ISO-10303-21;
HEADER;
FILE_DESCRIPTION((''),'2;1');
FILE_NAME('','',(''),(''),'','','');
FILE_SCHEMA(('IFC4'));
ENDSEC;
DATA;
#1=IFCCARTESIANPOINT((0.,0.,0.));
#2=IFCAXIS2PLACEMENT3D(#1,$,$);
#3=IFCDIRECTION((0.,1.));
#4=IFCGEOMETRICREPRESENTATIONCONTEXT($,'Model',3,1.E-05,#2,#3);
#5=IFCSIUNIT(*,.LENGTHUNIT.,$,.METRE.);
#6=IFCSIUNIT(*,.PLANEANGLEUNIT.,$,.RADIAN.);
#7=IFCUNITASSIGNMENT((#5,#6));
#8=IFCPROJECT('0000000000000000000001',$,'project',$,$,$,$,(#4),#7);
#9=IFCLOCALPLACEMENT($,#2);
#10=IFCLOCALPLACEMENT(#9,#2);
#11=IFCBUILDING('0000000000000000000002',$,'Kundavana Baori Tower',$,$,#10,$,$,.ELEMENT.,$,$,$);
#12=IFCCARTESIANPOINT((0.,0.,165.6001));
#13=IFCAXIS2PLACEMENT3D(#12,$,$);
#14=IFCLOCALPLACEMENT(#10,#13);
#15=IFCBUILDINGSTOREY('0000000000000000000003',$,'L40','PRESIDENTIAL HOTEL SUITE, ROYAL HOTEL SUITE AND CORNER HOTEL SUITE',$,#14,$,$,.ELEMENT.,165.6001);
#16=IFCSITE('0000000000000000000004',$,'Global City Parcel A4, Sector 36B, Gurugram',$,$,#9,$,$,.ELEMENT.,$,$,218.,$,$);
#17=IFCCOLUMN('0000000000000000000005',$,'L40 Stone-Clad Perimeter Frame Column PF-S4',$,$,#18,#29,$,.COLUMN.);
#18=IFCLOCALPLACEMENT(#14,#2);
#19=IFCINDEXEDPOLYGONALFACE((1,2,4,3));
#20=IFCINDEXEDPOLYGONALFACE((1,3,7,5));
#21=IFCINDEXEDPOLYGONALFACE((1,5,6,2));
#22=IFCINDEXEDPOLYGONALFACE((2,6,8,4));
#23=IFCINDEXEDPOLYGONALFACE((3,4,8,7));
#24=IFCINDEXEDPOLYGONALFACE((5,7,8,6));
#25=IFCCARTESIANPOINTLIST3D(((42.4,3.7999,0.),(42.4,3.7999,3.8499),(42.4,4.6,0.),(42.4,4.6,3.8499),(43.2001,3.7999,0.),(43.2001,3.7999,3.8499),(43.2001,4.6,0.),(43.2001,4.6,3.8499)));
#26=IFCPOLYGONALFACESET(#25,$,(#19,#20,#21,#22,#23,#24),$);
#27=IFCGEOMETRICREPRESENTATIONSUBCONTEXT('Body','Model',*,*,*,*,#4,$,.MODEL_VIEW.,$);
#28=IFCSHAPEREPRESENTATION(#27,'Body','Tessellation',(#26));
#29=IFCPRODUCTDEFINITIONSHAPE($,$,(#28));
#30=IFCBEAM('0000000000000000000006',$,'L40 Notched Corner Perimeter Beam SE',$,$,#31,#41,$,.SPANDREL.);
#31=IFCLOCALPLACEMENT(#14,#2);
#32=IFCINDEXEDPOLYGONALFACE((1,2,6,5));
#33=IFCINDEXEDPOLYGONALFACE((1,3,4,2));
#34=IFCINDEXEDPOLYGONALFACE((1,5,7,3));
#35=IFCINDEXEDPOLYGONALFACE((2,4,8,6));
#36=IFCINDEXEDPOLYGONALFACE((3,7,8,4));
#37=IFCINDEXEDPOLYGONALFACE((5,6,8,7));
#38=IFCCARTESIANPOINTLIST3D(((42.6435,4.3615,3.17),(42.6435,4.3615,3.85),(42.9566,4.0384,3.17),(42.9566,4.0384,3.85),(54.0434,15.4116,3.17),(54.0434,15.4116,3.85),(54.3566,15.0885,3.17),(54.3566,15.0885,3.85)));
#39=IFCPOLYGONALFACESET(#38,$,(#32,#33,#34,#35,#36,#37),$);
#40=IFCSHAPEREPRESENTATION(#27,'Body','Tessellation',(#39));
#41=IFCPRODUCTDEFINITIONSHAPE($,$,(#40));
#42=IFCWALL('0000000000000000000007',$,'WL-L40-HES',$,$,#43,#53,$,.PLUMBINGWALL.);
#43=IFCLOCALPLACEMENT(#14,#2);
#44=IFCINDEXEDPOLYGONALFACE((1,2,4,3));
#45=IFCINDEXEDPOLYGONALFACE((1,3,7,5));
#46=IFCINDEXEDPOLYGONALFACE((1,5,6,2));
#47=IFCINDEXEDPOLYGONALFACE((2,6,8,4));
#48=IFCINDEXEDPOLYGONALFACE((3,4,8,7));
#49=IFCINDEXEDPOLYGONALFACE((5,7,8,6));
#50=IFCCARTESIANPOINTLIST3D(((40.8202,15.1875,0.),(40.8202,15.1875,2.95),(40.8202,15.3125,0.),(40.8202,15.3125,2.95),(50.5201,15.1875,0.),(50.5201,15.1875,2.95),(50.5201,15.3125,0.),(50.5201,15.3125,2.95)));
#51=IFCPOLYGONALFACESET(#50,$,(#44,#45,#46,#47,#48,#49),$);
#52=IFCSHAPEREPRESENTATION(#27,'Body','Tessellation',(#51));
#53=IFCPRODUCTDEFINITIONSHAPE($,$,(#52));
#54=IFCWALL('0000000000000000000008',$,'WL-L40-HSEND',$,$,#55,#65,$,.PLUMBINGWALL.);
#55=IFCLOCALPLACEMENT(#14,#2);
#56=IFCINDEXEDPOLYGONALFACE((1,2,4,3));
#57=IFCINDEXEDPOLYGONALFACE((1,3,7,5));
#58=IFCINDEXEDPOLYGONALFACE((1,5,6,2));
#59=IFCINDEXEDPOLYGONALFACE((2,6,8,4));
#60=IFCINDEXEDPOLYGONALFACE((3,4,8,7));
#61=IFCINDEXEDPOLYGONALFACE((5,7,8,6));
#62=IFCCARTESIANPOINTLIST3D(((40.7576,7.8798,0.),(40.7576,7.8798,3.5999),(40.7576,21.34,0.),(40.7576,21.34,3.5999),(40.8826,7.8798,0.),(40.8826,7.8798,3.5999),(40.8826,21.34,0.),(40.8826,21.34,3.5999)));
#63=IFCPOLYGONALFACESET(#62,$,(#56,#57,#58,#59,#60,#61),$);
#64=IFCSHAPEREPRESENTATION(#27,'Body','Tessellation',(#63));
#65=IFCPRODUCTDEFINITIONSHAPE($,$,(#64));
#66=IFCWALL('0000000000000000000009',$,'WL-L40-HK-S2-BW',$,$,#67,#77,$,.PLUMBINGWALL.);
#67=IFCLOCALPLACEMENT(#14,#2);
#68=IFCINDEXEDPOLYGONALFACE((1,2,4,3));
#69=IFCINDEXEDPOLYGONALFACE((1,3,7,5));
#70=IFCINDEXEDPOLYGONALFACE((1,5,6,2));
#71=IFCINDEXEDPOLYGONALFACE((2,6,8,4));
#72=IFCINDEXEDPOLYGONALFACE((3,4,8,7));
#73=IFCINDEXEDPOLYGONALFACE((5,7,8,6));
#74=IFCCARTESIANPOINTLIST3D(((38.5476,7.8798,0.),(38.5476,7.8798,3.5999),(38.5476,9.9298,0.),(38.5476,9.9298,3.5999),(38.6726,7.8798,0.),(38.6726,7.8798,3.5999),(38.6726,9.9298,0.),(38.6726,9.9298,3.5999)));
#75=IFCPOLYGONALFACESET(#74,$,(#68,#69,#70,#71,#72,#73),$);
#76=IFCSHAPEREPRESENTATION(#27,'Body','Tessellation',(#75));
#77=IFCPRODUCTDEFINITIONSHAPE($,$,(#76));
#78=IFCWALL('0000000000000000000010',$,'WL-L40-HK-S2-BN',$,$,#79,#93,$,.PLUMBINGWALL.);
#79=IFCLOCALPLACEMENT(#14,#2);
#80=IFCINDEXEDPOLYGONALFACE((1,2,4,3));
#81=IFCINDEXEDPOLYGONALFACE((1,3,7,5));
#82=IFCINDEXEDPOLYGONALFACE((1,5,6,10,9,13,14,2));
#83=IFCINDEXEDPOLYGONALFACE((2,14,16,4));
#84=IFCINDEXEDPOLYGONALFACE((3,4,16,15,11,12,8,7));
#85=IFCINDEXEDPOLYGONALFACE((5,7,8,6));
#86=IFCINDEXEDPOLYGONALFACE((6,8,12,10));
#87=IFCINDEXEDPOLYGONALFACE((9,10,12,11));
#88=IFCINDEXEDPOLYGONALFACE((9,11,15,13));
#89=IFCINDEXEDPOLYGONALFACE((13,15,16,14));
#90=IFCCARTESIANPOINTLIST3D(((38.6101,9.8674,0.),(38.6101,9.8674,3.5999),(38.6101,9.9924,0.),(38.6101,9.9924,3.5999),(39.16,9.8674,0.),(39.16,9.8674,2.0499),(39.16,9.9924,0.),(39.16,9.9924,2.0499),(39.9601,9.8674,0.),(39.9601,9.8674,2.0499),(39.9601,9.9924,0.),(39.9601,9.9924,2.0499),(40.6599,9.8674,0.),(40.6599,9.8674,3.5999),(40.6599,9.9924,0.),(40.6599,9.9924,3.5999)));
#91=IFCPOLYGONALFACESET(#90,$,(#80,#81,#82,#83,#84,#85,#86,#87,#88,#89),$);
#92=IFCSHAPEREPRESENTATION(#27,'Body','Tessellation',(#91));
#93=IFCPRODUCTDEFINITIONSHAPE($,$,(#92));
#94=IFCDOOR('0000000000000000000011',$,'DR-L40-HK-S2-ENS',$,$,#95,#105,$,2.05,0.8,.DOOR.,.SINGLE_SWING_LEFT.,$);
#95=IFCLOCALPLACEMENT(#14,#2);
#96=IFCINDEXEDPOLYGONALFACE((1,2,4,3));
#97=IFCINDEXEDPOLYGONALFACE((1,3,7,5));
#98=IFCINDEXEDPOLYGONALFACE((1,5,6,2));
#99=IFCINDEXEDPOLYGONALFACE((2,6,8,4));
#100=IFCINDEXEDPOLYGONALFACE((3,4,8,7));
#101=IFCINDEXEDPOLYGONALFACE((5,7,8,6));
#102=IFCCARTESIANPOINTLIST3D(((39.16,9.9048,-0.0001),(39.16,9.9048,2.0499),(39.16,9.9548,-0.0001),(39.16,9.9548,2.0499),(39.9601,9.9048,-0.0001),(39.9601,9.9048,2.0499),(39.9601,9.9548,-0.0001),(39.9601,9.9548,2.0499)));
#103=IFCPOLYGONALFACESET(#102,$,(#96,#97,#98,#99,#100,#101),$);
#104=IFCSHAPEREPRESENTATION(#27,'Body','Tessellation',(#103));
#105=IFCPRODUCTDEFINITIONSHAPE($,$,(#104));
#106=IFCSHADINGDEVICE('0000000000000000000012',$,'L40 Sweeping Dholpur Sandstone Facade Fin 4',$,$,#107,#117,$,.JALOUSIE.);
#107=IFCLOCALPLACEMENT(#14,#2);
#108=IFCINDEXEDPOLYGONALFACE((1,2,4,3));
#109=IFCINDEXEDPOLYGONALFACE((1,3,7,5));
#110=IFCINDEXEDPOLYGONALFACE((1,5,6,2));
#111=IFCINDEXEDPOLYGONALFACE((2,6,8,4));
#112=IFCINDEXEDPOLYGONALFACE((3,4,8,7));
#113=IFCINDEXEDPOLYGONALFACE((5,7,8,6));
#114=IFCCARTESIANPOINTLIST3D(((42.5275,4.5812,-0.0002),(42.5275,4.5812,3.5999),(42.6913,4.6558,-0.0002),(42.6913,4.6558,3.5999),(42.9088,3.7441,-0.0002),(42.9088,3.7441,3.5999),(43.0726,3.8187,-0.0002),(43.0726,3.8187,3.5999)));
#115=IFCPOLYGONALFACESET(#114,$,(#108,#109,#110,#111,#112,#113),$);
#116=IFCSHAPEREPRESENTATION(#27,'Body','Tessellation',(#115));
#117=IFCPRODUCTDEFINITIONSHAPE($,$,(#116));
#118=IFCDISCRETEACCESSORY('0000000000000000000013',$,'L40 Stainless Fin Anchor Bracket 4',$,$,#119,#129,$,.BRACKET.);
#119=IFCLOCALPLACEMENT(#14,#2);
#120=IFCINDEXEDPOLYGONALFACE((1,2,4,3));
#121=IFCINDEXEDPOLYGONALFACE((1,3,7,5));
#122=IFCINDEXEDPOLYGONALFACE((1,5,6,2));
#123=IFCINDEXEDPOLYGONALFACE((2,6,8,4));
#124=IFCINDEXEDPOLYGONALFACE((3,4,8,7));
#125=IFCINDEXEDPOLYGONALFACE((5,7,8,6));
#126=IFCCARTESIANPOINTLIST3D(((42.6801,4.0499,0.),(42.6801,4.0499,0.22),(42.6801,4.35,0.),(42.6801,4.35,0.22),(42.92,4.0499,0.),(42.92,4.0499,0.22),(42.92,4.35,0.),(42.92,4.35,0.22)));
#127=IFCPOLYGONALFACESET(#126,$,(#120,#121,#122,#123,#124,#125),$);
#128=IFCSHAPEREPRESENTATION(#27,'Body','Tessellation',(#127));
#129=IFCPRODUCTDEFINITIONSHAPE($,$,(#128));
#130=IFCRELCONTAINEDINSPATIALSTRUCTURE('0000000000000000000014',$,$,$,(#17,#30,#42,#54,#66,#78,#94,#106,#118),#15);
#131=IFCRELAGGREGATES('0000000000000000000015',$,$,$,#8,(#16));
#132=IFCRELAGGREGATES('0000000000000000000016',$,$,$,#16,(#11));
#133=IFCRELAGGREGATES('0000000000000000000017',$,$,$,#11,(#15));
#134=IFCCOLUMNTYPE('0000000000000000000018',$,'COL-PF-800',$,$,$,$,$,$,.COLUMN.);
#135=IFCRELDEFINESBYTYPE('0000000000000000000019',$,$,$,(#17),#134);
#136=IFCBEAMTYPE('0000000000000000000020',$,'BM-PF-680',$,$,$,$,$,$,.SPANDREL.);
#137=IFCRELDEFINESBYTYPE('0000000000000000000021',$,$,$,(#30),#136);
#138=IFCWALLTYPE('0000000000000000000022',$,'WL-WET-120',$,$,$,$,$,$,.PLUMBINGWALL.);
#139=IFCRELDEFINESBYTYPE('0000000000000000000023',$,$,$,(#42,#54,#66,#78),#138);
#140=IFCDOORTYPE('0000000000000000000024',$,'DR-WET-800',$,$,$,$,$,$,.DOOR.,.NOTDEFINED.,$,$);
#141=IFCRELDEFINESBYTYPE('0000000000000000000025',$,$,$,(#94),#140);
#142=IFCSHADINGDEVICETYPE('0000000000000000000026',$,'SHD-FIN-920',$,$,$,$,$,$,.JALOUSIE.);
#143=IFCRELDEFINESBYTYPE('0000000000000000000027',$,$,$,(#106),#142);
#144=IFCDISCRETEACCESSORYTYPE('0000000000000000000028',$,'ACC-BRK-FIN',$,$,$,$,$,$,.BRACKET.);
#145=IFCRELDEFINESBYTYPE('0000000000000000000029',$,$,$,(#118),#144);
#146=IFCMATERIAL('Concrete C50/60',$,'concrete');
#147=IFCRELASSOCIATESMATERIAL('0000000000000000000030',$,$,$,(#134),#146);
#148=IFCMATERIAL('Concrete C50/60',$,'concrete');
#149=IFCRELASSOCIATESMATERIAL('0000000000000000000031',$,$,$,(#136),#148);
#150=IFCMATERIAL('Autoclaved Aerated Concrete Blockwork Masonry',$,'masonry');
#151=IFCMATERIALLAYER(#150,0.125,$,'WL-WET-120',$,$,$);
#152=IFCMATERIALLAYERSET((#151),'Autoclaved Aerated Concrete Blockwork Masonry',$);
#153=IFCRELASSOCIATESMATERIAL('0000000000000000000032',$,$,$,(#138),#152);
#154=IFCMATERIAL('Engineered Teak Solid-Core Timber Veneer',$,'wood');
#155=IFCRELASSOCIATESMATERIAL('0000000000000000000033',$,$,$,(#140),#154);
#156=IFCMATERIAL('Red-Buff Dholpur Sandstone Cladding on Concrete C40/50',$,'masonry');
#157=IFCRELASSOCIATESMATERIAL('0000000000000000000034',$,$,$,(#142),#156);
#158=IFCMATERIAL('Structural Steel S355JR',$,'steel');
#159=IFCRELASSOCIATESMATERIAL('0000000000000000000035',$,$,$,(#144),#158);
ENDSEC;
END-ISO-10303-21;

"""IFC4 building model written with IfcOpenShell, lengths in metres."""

from ifc_helpers import new_model, si_unit, direction, frame, frame_2d, origin, origin_2d, place, context, subcontext, project, spatial, rectangle, extrude, material, layer, layer_set, material_profile, profile_set, type_object, element, fill, save


model = new_model("IFC4")

# Units and contexts
model_context = context("Model", 3, precision=1e-05, world=origin(), true_north=direction((0.0, 1.0)))
body_context = subcontext(model_context, "Body", "Model", "MODEL_VIEW")
ifc_project = project(units=[si_unit("LENGTHUNIT", "METRE"), si_unit("PLANEANGLEUNIT", "RADIAN")], contexts=[model_context])

# Site, building, storey
site_placement = place(None, origin())
site = spatial("IfcSite", under=ifc_project, at=site_placement, Name="Global City Parcel A4, Sector 36B, Gurugram", CompositionType="ELEMENT", RefElevation=218.0)
building_placement = place(site_placement, origin())
building = spatial("IfcBuilding", under=site, at=building_placement, Name="Kundavana Baori Tower", CompositionType="ELEMENT")
storey_placement = place(building_placement, frame((0.0, 0.0, 165.6001)))
storey = spatial("IfcBuildingStorey", under=building, at=storey_placement, Name="L40", Description="PRESIDENTIAL HOTEL SUITE, ROYAL HOTEL SUITE AND CORNER HOTEL SUITE", CompositionType="ELEMENT", Elevation=165.6001)

# Column
ifc_material_1 = material(Name="Concrete C50/60", Category="concrete")
ifc_material_profile_1 = material_profile(ifc_material_1, rectangle(XDim=0.8, YDim=0.8, at=origin_2d()), Name="RC PF 800x800")
ifc_profile_set_1 = profile_set([ifc_material_profile_1], Name="Concrete C50/60")
column_type = type_object("IfcColumnType", Name="COL-PF-800", PredefinedType="COLUMN", material=ifc_profile_set_1)
column_placement = place(storey_placement, frame((42.8, 4.2, 0.0), z_axis=(0.0, 0.0, 1.0), x_axis=(1.0, 0.0, 0.0)))
element("IfcColumn", 1, at=column_placement, inside=storey, type_object=column_type, Name="L40 Stone-Clad Perimeter Frame Column PF-S4", PredefinedType="COLUMN", context=body_context, shape_type="SweptSolid", body=[
    extrude(rectangle(XDim=0.8, YDim=0.8, at=origin_2d()), origin(), (0.0, 0.0, 1.0), 3.8499),
])

# Beam
ifc_material_2 = material(Name="Concrete C50/60", Category="concrete")
ifc_material_profile_2 = material_profile(ifc_material_2, rectangle(XDim=0.45, YDim=0.6799, at=origin_2d()), Name="RC BM 450x680")
ifc_profile_set_2 = profile_set([ifc_material_profile_2], Name="Concrete C50/60")
beam_type = type_object("IfcBeamType", Name="BM-PF-680", PredefinedType="SPANDREL", material=ifc_profile_set_2)
beam_placement = place(storey_placement, frame((42.8, 4.2, 3.51), z_axis=(0.718039, 0.696003, 0.0), x_axis=(-0.696003, 0.718039, 0.0)))
element("IfcBeam", 2, at=beam_placement, inside=storey, type_object=beam_type, Name="L40 Notched Corner Perimeter Beam SE", PredefinedType="SPANDREL", context=body_context, shape_type="SweptSolid", body=[
    extrude(rectangle(XDim=0.45, YDim=0.6799, at=origin_2d()), origin(), (0.0, 0.0, 1.0), 15.8765),
])

# Walls
ifc_material_3 = material(Name="Autoclaved Aerated Concrete Blockwork Masonry", Category="masonry")
ifc_layer = layer(ifc_material_3, 0.125, Name="WL-WET-120")
ifc_layer_set = layer_set([ifc_layer], Name="Autoclaved Aerated Concrete Blockwork Masonry")
wall_type = type_object("IfcWallType", Name="WL-WET-120", PredefinedType="PLUMBINGWALL", material=ifc_layer_set)
wall_1_placement = place(storey_placement, frame((40.8201, 15.25, 0.0), z_axis=(0.0, 0.0, 1.0), x_axis=(1.0, 0.0, 0.0)))
element("IfcWall", 3, at=wall_1_placement, inside=storey, type_object=wall_type, Name="WL-L40-HES", PredefinedType="PLUMBINGWALL", context=body_context, shape_type="SweptSolid", body=[
    extrude(rectangle(XDim=9.7, YDim=0.125, at=frame_2d((4.8501, 0.0))), origin(), (0.0, 0.0, 1.0), 2.95),
])
wall_2_placement = place(storey_placement, frame((40.8201, 7.8799, 0.0), z_axis=(0.0, 0.0, 1.0), x_axis=(0.0, 1.0, 0.0)))
element("IfcWall", 4, at=wall_2_placement, inside=storey, type_object=wall_type, Name="WL-L40-HSEND", PredefinedType="PLUMBINGWALL", context=body_context, shape_type="SweptSolid", body=[
    extrude(rectangle(XDim=13.4602, YDim=0.125, at=frame_2d((6.73, 0.0))), origin(), (0.0, 0.0, 1.0), 3.5999),
])
wall_3_placement = place(storey_placement, frame((38.6101, 7.8799, 0.0), z_axis=(0.0, 0.0, 1.0), x_axis=(0.0, 1.0, 0.0)))
element("IfcWall", 5, at=wall_3_placement, inside=storey, type_object=wall_type, Name="WL-L40-HK-S2-BW", PredefinedType="PLUMBINGWALL", context=body_context, shape_type="SweptSolid", body=[
    extrude(rectangle(XDim=2.05, YDim=0.125, at=frame_2d((1.0249, 0.0))), origin(), (0.0, 0.0, 1.0), 3.5999),
])

# Wall, opening, door
wall_4_placement = place(storey_placement, frame((38.6101, 9.9299, 0.0), z_axis=(0.0, 0.0, 1.0), x_axis=(1.0, 0.0, 0.0)))
wall_4 = element("IfcWall", 6, at=wall_4_placement, inside=storey, type_object=wall_type, Name="WL-L40-HK-S2-BN", PredefinedType="PLUMBINGWALL", context=body_context, shape_type="SweptSolid", body=[
    extrude(rectangle(XDim=2.0498, YDim=0.125, at=frame_2d((1.0249, 0.0))), origin(), (0.0, 0.0, 1.0), 3.5999),
])
opening_placement = place(wall_4_placement, frame((0.55, 0.0, 0.0)))
opening = element("IfcOpeningElement", 7, at=opening_placement, cuts=wall_4, PredefinedType="OPENING", context=body_context, shape_type="SweptSolid", body=[
    extrude(rectangle(XDim=0.8, YDim=2.05, at=frame_2d((0.3999, 1.0249))), frame((0.0, 0.0725, 0.0), z_axis=(0.0, -1.0, 0.0), x_axis=(1.0, 0.0, 0.0)), (0.0, 0.0, 1.0), 0.145),
])
ifc_material_4 = material(Name="Engineered Teak Solid-Core Timber Veneer", Category="wood")
door_type = type_object("IfcDoorType", Name="DR-WET-800", OperationType="NOTDEFINED", PredefinedType="DOOR", material=ifc_material_4)
door_placement = place(opening_placement, origin())
door = element("IfcDoor", 8, at=door_placement, inside=storey, type_object=door_type, Name="DR-L40-HK-S2-ENS", OperationType="SINGLE_SWING_LEFT", OverallHeight=2.05, OverallWidth=0.8, PredefinedType="DOOR", context=body_context, shape_type="SweptSolid", body=[
    extrude(rectangle(XDim=0.8, YDim=2.05, at=frame_2d((0.3999, 1.0249))), frame((0.0, 0.0249, 0.0), z_axis=(0.0, -1.0, 0.0), x_axis=(1.0, 0.0, 0.0)), (0.0, 0.0, 1.0), 0.05),
])
fill(opening, door)

# Shading device
ifc_material_5 = material(Name="Red-Buff Dholpur Sandstone Cladding on Concrete C40/50", Category="masonry")
shading_device_type = type_object("IfcShadingDeviceType", Name="SHD-FIN-920", PredefinedType="JALOUSIE", material=ifc_material_5)
shading_device_placement = place(storey_placement, frame((42.8, 4.2, -0.0002), z_axis=(0.0, 0.0, 1.0), x_axis=(0.910034, 0.414534, 0.0)))
element("IfcShadingDevice", 9, at=shading_device_placement, inside=storey, type_object=shading_device_type, Name="L40 Sweeping Dholpur Sandstone Facade Fin 4", PredefinedType="JALOUSIE", context=body_context, shape_type="SweptSolid", body=[
    extrude(rectangle(XDim=0.1799, YDim=0.9199, at=origin_2d()), origin(), (0.0, 0.0, 1.0), 3.6001),
])

# Discrete accessory
ifc_material_6 = material(Name="Structural Steel S355JR", Category="steel")
discrete_accessory_type = type_object("IfcDiscreteAccessoryType", Name="ACC-BRK-FIN", PredefinedType="BRACKET", material=ifc_material_6)
discrete_accessory_placement = place(storey_placement, frame((42.8, 4.2, 0.0), z_axis=(0.0, 0.0, 1.0), x_axis=(1.0, 0.0, 0.0)))
element("IfcDiscreteAccessory", 10, at=discrete_accessory_placement, inside=storey, type_object=discrete_accessory_type, Name="L40 Stainless Fin Anchor Bracket 4", PredefinedType="BRACKET", context=body_context, shape_type="SweptSolid", body=[
    extrude(rectangle(XDim=0.24, YDim=0.3, at=origin_2d()), origin(), (0.0, 0.0, 1.0), 0.22),
])

save(model, "model.ifc")
